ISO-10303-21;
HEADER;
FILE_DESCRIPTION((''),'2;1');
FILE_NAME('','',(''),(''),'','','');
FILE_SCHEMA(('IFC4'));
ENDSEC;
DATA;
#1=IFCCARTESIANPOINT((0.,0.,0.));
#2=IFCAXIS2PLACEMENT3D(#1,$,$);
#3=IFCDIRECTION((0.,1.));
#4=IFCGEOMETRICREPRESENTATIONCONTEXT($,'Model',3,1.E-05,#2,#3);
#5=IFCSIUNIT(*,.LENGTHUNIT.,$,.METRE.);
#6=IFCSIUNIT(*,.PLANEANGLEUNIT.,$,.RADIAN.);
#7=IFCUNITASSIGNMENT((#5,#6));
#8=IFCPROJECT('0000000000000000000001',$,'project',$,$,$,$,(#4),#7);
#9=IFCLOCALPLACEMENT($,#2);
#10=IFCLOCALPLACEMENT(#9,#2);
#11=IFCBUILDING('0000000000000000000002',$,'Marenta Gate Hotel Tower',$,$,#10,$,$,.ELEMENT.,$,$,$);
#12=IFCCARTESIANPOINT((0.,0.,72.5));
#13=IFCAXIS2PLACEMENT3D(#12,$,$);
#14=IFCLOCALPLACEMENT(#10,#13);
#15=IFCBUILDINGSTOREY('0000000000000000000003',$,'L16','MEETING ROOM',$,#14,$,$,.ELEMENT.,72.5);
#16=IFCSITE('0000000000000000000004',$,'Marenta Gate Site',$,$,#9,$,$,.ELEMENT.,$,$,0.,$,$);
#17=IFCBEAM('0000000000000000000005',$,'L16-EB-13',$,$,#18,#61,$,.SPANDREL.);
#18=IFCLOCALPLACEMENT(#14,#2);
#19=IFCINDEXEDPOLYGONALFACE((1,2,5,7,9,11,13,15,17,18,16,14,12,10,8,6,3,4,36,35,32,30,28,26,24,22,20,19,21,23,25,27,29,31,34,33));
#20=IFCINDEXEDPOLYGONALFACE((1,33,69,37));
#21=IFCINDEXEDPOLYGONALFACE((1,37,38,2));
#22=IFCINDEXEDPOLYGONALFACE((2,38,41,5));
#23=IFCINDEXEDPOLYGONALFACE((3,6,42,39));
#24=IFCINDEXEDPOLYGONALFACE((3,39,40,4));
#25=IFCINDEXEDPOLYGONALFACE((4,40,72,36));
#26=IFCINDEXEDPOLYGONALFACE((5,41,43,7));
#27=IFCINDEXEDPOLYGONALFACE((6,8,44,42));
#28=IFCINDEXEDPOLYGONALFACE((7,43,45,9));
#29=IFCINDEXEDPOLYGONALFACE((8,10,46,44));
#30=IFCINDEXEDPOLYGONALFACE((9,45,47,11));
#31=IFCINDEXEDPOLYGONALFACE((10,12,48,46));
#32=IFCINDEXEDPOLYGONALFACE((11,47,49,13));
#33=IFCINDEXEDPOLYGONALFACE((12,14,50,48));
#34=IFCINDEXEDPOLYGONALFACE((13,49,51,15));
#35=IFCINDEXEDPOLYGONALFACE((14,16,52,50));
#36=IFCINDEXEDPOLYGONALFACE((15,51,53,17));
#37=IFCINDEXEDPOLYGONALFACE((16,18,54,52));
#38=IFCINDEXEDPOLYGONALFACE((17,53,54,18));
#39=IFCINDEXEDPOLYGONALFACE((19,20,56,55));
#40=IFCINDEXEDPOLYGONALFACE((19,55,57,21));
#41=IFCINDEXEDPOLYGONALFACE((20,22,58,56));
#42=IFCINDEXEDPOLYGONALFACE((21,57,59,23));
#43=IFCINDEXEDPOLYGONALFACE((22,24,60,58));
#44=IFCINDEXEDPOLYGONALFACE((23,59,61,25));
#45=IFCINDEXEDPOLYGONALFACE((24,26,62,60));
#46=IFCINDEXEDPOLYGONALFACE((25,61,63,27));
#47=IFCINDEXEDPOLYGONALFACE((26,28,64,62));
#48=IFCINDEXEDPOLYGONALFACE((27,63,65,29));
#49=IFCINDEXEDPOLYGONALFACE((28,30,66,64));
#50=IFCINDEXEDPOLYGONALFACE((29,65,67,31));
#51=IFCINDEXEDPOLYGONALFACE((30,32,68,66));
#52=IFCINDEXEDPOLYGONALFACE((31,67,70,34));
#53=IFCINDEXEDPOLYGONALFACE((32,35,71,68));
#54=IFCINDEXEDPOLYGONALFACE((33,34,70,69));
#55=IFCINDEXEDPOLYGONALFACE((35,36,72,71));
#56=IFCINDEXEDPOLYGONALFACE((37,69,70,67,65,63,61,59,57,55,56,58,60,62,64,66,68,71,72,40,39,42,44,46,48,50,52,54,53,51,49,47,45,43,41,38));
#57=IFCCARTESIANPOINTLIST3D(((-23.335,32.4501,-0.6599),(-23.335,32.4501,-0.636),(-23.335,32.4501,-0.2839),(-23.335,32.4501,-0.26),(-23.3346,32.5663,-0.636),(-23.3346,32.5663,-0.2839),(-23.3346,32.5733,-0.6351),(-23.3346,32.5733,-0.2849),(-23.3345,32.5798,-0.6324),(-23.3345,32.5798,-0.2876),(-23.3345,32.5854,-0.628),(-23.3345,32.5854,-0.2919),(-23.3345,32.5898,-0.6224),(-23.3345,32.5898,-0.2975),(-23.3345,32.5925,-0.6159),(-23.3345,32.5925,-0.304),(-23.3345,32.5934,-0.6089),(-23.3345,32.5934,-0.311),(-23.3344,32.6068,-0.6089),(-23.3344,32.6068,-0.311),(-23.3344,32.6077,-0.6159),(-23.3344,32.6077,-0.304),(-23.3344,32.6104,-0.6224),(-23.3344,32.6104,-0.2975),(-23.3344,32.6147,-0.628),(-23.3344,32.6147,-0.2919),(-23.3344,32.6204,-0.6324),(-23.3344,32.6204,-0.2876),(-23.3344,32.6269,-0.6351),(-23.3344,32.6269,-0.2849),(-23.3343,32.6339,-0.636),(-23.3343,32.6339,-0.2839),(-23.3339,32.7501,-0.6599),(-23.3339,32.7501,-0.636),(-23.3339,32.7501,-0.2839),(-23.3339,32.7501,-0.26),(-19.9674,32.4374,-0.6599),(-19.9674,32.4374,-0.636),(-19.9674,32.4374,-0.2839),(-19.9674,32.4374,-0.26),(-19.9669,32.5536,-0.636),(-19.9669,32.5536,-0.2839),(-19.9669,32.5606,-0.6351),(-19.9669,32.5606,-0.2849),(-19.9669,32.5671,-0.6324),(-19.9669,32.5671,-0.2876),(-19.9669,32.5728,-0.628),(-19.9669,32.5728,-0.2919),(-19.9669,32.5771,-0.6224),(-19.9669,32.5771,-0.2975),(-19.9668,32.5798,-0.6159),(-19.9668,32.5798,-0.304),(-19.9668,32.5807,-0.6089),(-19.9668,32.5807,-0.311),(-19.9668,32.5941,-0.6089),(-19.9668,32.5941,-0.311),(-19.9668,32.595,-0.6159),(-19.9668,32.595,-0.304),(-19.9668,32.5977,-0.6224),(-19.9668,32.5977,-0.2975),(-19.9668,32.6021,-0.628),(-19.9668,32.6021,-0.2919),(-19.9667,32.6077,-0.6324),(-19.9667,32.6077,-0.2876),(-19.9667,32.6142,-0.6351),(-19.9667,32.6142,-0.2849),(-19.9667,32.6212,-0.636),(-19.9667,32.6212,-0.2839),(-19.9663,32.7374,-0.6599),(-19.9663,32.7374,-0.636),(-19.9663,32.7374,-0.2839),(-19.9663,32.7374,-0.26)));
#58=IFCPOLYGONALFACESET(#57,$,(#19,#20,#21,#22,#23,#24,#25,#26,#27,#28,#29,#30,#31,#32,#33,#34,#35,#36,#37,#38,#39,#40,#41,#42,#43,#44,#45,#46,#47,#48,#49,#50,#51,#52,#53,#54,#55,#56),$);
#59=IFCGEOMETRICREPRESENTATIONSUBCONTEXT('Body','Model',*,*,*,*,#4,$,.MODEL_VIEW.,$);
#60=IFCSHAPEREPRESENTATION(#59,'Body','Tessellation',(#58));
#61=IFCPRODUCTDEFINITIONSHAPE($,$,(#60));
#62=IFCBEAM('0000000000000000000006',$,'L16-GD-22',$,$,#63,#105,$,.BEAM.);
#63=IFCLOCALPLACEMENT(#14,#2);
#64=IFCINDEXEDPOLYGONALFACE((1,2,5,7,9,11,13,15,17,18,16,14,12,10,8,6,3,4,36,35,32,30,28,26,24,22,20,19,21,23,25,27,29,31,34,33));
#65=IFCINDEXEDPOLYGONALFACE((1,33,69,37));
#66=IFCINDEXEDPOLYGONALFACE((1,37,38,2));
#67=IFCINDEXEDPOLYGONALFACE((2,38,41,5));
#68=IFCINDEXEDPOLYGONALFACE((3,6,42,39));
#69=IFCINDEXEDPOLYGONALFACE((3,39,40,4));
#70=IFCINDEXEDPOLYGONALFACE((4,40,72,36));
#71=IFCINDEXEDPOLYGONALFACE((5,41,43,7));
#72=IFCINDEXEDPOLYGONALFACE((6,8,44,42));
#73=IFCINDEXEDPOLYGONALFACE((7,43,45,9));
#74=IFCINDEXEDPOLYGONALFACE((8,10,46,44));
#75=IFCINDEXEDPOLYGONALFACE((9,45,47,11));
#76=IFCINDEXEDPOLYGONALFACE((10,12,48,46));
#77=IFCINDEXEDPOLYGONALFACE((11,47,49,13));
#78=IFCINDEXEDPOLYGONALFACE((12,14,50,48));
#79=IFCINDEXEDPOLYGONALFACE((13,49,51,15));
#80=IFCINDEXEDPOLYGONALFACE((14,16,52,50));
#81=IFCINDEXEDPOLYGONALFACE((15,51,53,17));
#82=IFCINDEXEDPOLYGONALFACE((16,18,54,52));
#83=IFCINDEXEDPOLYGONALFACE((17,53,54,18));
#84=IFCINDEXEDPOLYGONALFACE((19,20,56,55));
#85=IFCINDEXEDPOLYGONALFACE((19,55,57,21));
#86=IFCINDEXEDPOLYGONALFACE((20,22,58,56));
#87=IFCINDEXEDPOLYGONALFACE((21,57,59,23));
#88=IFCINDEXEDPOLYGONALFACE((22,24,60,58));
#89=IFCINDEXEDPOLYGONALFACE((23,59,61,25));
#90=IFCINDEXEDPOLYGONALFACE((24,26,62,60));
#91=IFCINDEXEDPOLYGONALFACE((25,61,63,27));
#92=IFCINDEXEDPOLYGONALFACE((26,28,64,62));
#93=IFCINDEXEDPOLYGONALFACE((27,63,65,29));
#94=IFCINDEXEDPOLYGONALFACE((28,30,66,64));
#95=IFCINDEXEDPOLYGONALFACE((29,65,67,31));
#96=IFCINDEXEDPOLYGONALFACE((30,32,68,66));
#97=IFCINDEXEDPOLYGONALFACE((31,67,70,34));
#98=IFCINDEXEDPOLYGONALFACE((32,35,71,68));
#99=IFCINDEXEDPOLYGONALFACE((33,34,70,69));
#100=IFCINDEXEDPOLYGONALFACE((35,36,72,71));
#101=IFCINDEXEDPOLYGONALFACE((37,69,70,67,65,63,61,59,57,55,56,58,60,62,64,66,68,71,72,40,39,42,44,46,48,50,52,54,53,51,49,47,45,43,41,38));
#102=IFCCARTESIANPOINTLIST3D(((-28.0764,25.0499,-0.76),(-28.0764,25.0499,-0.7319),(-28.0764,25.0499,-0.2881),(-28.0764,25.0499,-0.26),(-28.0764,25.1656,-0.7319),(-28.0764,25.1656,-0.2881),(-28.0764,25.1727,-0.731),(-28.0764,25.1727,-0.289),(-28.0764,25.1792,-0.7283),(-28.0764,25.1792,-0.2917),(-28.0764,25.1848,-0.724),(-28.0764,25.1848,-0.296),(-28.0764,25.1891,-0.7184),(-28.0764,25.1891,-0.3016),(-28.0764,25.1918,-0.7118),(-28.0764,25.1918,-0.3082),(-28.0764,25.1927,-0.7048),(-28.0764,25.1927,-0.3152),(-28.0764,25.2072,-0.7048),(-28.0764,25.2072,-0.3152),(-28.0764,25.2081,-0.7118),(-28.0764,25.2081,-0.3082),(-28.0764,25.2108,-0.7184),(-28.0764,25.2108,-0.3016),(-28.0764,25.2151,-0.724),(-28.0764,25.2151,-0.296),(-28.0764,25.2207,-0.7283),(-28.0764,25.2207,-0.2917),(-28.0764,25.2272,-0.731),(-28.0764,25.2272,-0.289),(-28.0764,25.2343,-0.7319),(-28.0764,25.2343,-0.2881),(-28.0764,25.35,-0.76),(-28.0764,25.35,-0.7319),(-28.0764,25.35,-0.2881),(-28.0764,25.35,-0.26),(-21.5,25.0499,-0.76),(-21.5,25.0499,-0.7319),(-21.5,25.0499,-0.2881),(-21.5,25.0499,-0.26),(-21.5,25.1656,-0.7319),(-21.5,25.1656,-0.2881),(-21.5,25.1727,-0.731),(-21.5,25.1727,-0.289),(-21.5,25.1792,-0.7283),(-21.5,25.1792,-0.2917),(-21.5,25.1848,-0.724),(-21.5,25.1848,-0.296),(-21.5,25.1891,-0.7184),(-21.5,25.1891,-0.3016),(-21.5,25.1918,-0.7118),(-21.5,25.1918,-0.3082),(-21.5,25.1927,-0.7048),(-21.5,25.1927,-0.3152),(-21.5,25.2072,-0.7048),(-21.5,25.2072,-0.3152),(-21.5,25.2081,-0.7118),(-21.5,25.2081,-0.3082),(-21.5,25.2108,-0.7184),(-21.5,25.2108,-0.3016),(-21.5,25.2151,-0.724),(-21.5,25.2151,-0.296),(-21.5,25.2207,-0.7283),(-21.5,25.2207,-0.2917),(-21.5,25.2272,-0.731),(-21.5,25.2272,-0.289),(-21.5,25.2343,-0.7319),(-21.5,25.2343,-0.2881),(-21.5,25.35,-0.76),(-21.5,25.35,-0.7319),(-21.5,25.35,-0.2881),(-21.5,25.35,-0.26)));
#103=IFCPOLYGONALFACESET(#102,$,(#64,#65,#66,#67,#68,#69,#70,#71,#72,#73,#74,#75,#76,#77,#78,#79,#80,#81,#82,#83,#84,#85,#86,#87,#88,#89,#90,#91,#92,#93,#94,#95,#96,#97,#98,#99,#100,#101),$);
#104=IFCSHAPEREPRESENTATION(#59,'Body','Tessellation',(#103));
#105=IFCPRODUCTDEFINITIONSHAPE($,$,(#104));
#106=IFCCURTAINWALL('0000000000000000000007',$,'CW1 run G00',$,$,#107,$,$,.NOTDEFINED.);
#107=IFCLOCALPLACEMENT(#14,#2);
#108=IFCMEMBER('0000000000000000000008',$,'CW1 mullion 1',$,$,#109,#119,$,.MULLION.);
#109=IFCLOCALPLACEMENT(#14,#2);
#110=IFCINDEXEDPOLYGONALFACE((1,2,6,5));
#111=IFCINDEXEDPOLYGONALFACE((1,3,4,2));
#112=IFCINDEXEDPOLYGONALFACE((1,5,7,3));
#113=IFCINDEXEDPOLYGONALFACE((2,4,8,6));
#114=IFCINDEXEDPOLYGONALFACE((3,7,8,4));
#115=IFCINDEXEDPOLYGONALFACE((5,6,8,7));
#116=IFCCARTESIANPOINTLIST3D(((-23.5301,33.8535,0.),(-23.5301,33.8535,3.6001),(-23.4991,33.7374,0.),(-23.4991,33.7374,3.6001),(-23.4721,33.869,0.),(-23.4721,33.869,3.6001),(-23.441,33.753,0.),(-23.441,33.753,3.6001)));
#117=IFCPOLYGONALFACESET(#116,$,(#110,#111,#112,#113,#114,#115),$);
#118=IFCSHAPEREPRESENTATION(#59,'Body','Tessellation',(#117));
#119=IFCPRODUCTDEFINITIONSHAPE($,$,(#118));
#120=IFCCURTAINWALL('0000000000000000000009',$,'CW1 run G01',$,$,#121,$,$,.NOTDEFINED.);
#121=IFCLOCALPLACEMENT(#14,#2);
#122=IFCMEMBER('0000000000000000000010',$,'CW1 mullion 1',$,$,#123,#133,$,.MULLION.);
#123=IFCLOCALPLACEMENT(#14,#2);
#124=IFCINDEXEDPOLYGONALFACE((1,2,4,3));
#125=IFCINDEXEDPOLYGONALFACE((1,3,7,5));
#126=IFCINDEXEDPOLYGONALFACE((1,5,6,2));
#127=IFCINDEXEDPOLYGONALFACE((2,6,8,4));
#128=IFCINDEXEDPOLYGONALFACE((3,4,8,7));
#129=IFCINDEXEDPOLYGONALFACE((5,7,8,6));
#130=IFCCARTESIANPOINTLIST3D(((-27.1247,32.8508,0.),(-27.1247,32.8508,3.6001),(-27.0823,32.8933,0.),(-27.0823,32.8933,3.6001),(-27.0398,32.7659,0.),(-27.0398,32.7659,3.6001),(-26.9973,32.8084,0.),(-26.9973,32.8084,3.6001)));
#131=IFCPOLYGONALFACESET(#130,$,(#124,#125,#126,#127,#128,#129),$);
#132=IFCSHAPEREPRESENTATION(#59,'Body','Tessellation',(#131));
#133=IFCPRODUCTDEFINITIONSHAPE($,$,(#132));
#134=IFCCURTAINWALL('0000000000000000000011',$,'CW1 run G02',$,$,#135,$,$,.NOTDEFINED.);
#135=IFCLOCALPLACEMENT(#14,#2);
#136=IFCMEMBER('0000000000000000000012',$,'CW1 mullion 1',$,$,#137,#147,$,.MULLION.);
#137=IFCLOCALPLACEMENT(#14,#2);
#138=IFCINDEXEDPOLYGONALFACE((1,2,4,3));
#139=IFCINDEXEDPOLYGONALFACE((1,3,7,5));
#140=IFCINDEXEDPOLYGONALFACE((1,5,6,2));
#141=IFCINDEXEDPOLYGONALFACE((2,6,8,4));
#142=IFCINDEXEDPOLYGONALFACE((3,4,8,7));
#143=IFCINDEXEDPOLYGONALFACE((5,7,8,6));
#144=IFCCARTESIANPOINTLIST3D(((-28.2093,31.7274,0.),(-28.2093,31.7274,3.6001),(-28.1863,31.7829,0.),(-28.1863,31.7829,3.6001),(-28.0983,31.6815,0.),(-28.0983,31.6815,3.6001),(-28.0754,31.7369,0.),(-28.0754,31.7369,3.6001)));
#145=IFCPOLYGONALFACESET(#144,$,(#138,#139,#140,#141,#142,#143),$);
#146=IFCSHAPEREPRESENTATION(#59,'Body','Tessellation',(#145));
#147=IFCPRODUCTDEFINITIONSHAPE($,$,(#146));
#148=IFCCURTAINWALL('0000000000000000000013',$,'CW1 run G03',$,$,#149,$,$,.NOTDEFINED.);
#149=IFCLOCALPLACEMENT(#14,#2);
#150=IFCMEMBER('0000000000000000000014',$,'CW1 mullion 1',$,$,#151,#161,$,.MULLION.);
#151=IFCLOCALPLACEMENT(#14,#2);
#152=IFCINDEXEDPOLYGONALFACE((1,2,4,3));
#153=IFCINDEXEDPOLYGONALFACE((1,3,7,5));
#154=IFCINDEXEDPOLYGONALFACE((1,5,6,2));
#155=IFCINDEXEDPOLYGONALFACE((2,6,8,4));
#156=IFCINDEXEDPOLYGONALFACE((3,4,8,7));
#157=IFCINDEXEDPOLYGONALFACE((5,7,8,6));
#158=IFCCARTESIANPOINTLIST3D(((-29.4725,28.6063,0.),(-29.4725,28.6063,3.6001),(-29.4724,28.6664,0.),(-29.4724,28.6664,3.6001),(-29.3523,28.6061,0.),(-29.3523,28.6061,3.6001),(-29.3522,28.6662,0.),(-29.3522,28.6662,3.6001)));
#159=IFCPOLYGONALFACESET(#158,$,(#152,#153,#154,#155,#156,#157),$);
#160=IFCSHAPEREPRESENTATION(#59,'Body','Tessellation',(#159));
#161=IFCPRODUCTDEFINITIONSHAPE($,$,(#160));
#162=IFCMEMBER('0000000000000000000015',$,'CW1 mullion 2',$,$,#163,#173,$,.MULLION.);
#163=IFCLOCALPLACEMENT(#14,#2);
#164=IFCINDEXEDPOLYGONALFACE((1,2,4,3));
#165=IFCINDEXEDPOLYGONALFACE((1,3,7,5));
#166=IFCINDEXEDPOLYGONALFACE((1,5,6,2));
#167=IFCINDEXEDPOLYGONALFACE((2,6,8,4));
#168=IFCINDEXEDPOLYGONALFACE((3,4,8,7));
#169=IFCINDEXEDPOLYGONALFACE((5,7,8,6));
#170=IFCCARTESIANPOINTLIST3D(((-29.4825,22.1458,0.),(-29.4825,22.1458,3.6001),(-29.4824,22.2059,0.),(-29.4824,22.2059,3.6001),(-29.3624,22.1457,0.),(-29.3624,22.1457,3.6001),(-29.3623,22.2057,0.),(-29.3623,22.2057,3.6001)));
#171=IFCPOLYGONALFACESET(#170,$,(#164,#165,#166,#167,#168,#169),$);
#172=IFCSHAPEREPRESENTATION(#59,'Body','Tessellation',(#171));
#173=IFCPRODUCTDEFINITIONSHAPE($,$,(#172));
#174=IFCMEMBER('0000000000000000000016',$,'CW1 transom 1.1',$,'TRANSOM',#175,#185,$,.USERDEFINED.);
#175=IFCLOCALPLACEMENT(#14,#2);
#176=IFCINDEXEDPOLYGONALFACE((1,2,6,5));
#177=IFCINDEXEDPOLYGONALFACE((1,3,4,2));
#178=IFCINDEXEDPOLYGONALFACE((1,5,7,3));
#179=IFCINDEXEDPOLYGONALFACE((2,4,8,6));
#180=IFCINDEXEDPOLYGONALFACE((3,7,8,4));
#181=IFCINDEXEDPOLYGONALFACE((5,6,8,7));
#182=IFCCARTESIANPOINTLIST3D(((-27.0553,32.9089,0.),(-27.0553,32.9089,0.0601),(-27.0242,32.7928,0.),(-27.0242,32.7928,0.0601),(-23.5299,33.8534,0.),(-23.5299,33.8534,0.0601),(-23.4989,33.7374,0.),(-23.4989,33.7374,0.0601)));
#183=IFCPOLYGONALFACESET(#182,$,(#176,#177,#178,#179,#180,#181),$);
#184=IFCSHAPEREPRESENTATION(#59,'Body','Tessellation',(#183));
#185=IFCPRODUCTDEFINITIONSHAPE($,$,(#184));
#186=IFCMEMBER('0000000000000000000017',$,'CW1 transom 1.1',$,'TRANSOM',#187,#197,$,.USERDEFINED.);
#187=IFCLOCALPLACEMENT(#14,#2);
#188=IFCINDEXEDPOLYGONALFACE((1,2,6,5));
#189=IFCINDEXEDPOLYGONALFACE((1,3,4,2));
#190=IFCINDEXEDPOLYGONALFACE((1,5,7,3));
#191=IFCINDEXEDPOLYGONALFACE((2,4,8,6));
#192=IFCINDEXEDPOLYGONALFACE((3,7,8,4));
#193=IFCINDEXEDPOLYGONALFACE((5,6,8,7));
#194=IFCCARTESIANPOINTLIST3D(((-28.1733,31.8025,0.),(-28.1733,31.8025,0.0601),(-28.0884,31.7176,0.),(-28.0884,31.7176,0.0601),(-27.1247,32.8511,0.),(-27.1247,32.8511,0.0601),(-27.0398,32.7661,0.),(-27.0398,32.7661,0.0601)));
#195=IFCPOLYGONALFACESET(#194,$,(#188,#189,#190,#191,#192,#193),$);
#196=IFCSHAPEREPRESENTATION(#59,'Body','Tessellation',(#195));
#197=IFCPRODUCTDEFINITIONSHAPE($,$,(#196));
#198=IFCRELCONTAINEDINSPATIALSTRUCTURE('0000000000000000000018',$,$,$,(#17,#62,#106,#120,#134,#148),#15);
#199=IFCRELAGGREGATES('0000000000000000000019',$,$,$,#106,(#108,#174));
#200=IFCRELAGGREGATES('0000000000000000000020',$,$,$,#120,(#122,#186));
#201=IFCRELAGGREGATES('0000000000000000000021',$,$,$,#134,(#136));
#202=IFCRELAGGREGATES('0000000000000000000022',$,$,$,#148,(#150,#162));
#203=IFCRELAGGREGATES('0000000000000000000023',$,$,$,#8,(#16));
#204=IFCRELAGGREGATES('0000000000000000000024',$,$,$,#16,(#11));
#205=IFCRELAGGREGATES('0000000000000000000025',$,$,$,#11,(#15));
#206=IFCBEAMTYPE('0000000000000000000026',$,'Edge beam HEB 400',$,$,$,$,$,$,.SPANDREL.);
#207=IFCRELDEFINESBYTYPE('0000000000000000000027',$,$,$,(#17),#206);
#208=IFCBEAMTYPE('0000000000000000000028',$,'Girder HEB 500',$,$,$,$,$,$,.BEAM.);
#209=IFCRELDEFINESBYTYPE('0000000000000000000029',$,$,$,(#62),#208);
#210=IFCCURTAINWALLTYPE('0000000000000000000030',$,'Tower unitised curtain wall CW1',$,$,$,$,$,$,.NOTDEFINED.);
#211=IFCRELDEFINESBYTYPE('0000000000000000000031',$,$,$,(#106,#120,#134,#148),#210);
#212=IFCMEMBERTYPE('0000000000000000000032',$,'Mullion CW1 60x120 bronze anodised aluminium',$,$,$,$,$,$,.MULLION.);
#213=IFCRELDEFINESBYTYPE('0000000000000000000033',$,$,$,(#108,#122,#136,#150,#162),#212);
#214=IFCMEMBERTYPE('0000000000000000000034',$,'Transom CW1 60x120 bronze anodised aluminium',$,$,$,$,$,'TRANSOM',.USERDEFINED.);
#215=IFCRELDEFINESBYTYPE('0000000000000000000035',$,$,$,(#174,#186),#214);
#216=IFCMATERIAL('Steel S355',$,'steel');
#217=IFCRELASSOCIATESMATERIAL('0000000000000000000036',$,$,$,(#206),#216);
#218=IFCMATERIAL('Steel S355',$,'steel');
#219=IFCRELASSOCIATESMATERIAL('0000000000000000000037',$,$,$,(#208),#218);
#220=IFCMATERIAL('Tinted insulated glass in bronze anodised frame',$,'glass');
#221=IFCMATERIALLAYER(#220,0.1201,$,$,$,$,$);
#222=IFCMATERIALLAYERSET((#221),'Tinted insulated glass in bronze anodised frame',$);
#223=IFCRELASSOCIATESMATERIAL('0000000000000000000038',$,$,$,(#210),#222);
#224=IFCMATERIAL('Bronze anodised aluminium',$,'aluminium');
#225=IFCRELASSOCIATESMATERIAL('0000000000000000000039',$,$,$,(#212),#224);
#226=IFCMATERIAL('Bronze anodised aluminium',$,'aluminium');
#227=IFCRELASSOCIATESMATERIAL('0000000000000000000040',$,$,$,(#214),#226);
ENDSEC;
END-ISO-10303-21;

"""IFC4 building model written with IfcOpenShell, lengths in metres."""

from ifc_helpers import new_model, si_unit, direction, frame, origin, origin_2d, place, context, subcontext, project, spatial, rectangle, i_section, extrude, material, layer, layer_set, material_profile, profile_set, type_object, element, aggregate, save


model = new_model("IFC4")

# Units and contexts
model_context = context("Model", 3, precision=1e-05, world=origin(), true_north=direction((0.0, 1.0)))
body_context = subcontext(model_context, "Body", "Model", "MODEL_VIEW")
ifc_project = project(units=[si_unit("LENGTHUNIT", "METRE"), si_unit("PLANEANGLEUNIT", "RADIAN")], contexts=[model_context])

# Site, building, storey
site_placement = place(None, origin())
site = spatial("IfcSite", under=ifc_project, at=site_placement, Name="Marenta Gate Site", CompositionType="ELEMENT", RefElevation=0.0)
building_placement = place(site_placement, origin())
building = spatial("IfcBuilding", under=site, at=building_placement, Name="Marenta Gate Hotel Tower", CompositionType="ELEMENT")
storey_placement = place(building_placement, frame((0.0, 0.0, 72.5)))
storey = spatial("IfcBuildingStorey", under=building, at=storey_placement, Name="L16", Description="MEETING ROOM", CompositionType="ELEMENT", Elevation=72.5)

# Beams
ifc_material_1 = material(Name="Steel S355", Category="steel")
ifc_material_profile_1 = material_profile(ifc_material_1, i_section(OverallWidth=0.3, OverallDepth=0.3999, WebThickness=0.0134, FlangeThickness=0.0239, FilletRadius=0.0271, at=origin_2d()), Name="HEB 400")
ifc_profile_set_1 = profile_set([ifc_material_profile_1], Name="Steel S355")
beam_type_1 = type_object("IfcBeamType", Name="Edge beam HEB 400", PredefinedType="SPANDREL", material=ifc_profile_set_1)
beam_1_placement = place(storey_placement, frame((-23.3345, 32.6001, -0.46), z_axis=(0.999993, -0.00377, 0.0), x_axis=(0.00377, 0.999993, 0.0)))
element("IfcBeam", 1, at=beam_1_placement, inside=storey, type_object=beam_type_1, Name="L16-EB-13", PredefinedType="SPANDREL", context=body_context, shape_type="SweptSolid", body=[
    extrude(i_section(OverallWidth=0.3, OverallDepth=0.3999, WebThickness=0.0134, FlangeThickness=0.0239, FilletRadius=0.0271, at=origin_2d()), origin(), (0.0, 0.0, 1.0), 3.3677),
])
ifc_material_2 = material(Name="Steel S355", Category="steel")
ifc_material_profile_2 = material_profile(ifc_material_2, i_section(OverallWidth=0.3, OverallDepth=0.5, WebThickness=0.0144, FlangeThickness=0.0281, FilletRadius=0.0271, at=origin_2d()), Name="HEB 500")
ifc_profile_set_2 = profile_set([ifc_material_profile_2], Name="Steel S355")
beam_type_2 = type_object("IfcBeamType", Name="Girder HEB 500", PredefinedType="BEAM", material=ifc_profile_set_2)
beam_2_placement = place(storey_placement, frame((-28.0764, 25.2, -0.51), z_axis=(1.0, 0.0, 0.0), x_axis=(0.0, 1.0, 0.0)))
element("IfcBeam", 2, at=beam_2_placement, inside=storey, type_object=beam_type_2, Name="L16-GD-22", PredefinedType="BEAM", context=body_context, shape_type="SweptSolid", body=[
    extrude(i_section(OverallWidth=0.3, OverallDepth=0.5, WebThickness=0.0144, FlangeThickness=0.0281, FilletRadius=0.0271, at=origin_2d()), origin(), (0.0, 0.0, 1.0), 6.5764),
])

# Curtain walls, members
ifc_material_3 = material(Name="Tinted insulated glass in bronze anodised frame", Category="glass")
ifc_layer_1 = layer(ifc_material_3, 0.1201)
ifc_layer_set_1 = layer_set([ifc_layer_1], Name="Tinted insulated glass in bronze anodised frame")
curtain_wall_type = type_object("IfcCurtainWallType", Name="Tower unitised curtain wall CW1", PredefinedType="NOTDEFINED", material=ifc_layer_set_1)
curtain_wall_1_placement = place(storey_placement, origin())
curtain_wall_1 = element("IfcCurtainWall", 3, at=curtain_wall_1_placement, inside=storey, type_object=curtain_wall_type, Name="CW1 run G00", PredefinedType="NOTDEFINED")
ifc_material_4 = material(Name="Bronze anodised aluminium", Category="aluminium")
ifc_material_profile_3 = material_profile(ifc_material_4, rectangle(XDim=0.1201, YDim=0.0601, at=origin_2d()), Name="Mullion CW1 60x120 bronze anodised aluminium")
ifc_profile_set_3 = profile_set([ifc_material_profile_3], Name="Bronze anodised aluminium")
member_type_1 = type_object("IfcMemberType", Name="Mullion CW1 60x120 bronze anodised aluminium", PredefinedType="MULLION", material=ifc_profile_set_3)
member_1_placement = place(storey_placement, frame((-23.4856, 33.8032, 0.0), z_axis=(0.0, 0.0, 1.0), x_axis=(0.258802, -0.96593, 0.0)))
member_1 = element("IfcMember", 4, at=member_1_placement, type_object=member_type_1, Name="CW1 mullion 1", PredefinedType="MULLION", context=body_context, shape_type="SweptSolid", body=[
    extrude(rectangle(XDim=0.1201, YDim=0.0601, at=origin_2d()), origin(), (0.0, 0.0, 1.0), 3.6001),
])
curtain_wall_2_placement = place(storey_placement, origin())
curtain_wall_2 = element("IfcCurtainWall", 5, at=curtain_wall_2_placement, inside=storey, type_object=curtain_wall_type, Name="CW1 run G01", PredefinedType="NOTDEFINED")
member_2_placement = place(storey_placement, frame((-27.061, 32.8296, 0.0), z_axis=(0.0, 0.0, 1.0), x_axis=(0.707107, -0.707107, 0.0)))
member_2 = element("IfcMember", 6, at=member_2_placement, type_object=member_type_1, Name="CW1 mullion 1", PredefinedType="MULLION", context=body_context, shape_type="SweptSolid", body=[
    extrude(rectangle(XDim=0.1201, YDim=0.0601, at=origin_2d()), origin(), (0.0, 0.0, 1.0), 3.6001),
])
curtain_wall_3_placement = place(storey_placement, origin())
curtain_wall_3 = element("IfcCurtainWall", 7, at=curtain_wall_3_placement, inside=storey, type_object=curtain_wall_type, Name="CW1 run G02", PredefinedType="NOTDEFINED")
member_3_placement = place(storey_placement, frame((-28.1423, 31.7322, 0.0), z_axis=(0.0, 0.0, 1.0), x_axis=(0.923885, -0.38267, 0.0)))
member_3 = element("IfcMember", 8, at=member_3_placement, type_object=member_type_1, Name="CW1 mullion 1", PredefinedType="MULLION", context=body_context, shape_type="SweptSolid", body=[
    extrude(rectangle(XDim=0.1201, YDim=0.0601, at=origin_2d()), origin(), (0.0, 0.0, 1.0), 3.6001),
])

# Curtain wall, members
curtain_wall_4_placement = place(storey_placement, origin())
curtain_wall_4 = element("IfcCurtainWall", 9, at=curtain_wall_4_placement, inside=storey, type_object=curtain_wall_type, Name="CW1 run G03", PredefinedType="NOTDEFINED")
member_4_placement = place(storey_placement, frame((-29.4124, 28.6362, 0.0), z_axis=(0.0, 0.0, 1.0), x_axis=(0.999999, -0.001566, 0.0)))
member_4 = element("IfcMember", 10, at=member_4_placement, type_object=member_type_1, Name="CW1 mullion 1", PredefinedType="MULLION", context=body_context, shape_type="SweptSolid", body=[
    extrude(rectangle(XDim=0.1201, YDim=0.0601, at=origin_2d()), origin(), (0.0, 0.0, 1.0), 3.6001),
])
member_5_placement = place(storey_placement, frame((-29.4224, 22.1758, 0.0), z_axis=(0.0, 0.0, 1.0), x_axis=(0.999999, -0.001566, 0.0)))
member_5 = element("IfcMember", 11, at=member_5_placement, type_object=member_type_1, Name="CW1 mullion 2", PredefinedType="MULLION", context=body_context, shape_type="SweptSolid", body=[
    extrude(rectangle(XDim=0.1201, YDim=0.0601, at=origin_2d()), origin(), (0.0, 0.0, 1.0), 3.6001),
])

# Members
ifc_material_5 = material(Name="Bronze anodised aluminium", Category="aluminium")
ifc_material_profile_4 = material_profile(ifc_material_5, rectangle(XDim=0.1201, YDim=0.0601, at=origin_2d()), Name="Transom CW1 60x120 bronze anodised aluminium")
ifc_profile_set_4 = profile_set([ifc_material_profile_4], Name="Bronze anodised aluminium")
member_type_2 = type_object("IfcMemberType", Name="Transom CW1 60x120 bronze anodised aluminium", ElementType="TRANSOM", PredefinedType="USERDEFINED", material=ifc_profile_set_4)
member_6_placement = place(storey_placement, frame((-23.5144, 33.7954, 0.03), z_axis=(-0.965929, -0.258807, 0.0), x_axis=(0.258807, -0.965929, 0.0)))
member_6 = element("IfcMember", 12, at=member_6_placement, type_object=member_type_2, Name="CW1 transom 1.1", ObjectType="TRANSOM", PredefinedType="USERDEFINED", context=body_context, shape_type="SweptSolid", body=[
    extrude(rectangle(XDim=0.1201, YDim=0.0601, at=origin_2d()), origin(), (0.0, 0.0, 1.0), 3.6497),
])
member_7_placement = place(storey_placement, frame((-27.0823, 32.8086, 0.03), z_axis=(-0.707107, -0.707107, 0.0), x_axis=(0.707107, -0.707107, 0.0)))
member_7 = element("IfcMember", 13, at=member_7_placement, type_object=member_type_2, Name="CW1 transom 1.1", ObjectType="TRANSOM", PredefinedType="USERDEFINED", context=body_context, shape_type="SweptSolid", body=[
    extrude(rectangle(XDim=0.1201, YDim=0.0601, at=origin_2d()), origin(), (0.0, 0.0, 1.0), 1.4829),
])

aggregate(curtain_wall_1, [member_1, member_6])
aggregate(curtain_wall_2, [member_2, member_7])
aggregate(curtain_wall_3, [member_3])
aggregate(curtain_wall_4, [member_4, member_5])

save(model, "model.ifc")
